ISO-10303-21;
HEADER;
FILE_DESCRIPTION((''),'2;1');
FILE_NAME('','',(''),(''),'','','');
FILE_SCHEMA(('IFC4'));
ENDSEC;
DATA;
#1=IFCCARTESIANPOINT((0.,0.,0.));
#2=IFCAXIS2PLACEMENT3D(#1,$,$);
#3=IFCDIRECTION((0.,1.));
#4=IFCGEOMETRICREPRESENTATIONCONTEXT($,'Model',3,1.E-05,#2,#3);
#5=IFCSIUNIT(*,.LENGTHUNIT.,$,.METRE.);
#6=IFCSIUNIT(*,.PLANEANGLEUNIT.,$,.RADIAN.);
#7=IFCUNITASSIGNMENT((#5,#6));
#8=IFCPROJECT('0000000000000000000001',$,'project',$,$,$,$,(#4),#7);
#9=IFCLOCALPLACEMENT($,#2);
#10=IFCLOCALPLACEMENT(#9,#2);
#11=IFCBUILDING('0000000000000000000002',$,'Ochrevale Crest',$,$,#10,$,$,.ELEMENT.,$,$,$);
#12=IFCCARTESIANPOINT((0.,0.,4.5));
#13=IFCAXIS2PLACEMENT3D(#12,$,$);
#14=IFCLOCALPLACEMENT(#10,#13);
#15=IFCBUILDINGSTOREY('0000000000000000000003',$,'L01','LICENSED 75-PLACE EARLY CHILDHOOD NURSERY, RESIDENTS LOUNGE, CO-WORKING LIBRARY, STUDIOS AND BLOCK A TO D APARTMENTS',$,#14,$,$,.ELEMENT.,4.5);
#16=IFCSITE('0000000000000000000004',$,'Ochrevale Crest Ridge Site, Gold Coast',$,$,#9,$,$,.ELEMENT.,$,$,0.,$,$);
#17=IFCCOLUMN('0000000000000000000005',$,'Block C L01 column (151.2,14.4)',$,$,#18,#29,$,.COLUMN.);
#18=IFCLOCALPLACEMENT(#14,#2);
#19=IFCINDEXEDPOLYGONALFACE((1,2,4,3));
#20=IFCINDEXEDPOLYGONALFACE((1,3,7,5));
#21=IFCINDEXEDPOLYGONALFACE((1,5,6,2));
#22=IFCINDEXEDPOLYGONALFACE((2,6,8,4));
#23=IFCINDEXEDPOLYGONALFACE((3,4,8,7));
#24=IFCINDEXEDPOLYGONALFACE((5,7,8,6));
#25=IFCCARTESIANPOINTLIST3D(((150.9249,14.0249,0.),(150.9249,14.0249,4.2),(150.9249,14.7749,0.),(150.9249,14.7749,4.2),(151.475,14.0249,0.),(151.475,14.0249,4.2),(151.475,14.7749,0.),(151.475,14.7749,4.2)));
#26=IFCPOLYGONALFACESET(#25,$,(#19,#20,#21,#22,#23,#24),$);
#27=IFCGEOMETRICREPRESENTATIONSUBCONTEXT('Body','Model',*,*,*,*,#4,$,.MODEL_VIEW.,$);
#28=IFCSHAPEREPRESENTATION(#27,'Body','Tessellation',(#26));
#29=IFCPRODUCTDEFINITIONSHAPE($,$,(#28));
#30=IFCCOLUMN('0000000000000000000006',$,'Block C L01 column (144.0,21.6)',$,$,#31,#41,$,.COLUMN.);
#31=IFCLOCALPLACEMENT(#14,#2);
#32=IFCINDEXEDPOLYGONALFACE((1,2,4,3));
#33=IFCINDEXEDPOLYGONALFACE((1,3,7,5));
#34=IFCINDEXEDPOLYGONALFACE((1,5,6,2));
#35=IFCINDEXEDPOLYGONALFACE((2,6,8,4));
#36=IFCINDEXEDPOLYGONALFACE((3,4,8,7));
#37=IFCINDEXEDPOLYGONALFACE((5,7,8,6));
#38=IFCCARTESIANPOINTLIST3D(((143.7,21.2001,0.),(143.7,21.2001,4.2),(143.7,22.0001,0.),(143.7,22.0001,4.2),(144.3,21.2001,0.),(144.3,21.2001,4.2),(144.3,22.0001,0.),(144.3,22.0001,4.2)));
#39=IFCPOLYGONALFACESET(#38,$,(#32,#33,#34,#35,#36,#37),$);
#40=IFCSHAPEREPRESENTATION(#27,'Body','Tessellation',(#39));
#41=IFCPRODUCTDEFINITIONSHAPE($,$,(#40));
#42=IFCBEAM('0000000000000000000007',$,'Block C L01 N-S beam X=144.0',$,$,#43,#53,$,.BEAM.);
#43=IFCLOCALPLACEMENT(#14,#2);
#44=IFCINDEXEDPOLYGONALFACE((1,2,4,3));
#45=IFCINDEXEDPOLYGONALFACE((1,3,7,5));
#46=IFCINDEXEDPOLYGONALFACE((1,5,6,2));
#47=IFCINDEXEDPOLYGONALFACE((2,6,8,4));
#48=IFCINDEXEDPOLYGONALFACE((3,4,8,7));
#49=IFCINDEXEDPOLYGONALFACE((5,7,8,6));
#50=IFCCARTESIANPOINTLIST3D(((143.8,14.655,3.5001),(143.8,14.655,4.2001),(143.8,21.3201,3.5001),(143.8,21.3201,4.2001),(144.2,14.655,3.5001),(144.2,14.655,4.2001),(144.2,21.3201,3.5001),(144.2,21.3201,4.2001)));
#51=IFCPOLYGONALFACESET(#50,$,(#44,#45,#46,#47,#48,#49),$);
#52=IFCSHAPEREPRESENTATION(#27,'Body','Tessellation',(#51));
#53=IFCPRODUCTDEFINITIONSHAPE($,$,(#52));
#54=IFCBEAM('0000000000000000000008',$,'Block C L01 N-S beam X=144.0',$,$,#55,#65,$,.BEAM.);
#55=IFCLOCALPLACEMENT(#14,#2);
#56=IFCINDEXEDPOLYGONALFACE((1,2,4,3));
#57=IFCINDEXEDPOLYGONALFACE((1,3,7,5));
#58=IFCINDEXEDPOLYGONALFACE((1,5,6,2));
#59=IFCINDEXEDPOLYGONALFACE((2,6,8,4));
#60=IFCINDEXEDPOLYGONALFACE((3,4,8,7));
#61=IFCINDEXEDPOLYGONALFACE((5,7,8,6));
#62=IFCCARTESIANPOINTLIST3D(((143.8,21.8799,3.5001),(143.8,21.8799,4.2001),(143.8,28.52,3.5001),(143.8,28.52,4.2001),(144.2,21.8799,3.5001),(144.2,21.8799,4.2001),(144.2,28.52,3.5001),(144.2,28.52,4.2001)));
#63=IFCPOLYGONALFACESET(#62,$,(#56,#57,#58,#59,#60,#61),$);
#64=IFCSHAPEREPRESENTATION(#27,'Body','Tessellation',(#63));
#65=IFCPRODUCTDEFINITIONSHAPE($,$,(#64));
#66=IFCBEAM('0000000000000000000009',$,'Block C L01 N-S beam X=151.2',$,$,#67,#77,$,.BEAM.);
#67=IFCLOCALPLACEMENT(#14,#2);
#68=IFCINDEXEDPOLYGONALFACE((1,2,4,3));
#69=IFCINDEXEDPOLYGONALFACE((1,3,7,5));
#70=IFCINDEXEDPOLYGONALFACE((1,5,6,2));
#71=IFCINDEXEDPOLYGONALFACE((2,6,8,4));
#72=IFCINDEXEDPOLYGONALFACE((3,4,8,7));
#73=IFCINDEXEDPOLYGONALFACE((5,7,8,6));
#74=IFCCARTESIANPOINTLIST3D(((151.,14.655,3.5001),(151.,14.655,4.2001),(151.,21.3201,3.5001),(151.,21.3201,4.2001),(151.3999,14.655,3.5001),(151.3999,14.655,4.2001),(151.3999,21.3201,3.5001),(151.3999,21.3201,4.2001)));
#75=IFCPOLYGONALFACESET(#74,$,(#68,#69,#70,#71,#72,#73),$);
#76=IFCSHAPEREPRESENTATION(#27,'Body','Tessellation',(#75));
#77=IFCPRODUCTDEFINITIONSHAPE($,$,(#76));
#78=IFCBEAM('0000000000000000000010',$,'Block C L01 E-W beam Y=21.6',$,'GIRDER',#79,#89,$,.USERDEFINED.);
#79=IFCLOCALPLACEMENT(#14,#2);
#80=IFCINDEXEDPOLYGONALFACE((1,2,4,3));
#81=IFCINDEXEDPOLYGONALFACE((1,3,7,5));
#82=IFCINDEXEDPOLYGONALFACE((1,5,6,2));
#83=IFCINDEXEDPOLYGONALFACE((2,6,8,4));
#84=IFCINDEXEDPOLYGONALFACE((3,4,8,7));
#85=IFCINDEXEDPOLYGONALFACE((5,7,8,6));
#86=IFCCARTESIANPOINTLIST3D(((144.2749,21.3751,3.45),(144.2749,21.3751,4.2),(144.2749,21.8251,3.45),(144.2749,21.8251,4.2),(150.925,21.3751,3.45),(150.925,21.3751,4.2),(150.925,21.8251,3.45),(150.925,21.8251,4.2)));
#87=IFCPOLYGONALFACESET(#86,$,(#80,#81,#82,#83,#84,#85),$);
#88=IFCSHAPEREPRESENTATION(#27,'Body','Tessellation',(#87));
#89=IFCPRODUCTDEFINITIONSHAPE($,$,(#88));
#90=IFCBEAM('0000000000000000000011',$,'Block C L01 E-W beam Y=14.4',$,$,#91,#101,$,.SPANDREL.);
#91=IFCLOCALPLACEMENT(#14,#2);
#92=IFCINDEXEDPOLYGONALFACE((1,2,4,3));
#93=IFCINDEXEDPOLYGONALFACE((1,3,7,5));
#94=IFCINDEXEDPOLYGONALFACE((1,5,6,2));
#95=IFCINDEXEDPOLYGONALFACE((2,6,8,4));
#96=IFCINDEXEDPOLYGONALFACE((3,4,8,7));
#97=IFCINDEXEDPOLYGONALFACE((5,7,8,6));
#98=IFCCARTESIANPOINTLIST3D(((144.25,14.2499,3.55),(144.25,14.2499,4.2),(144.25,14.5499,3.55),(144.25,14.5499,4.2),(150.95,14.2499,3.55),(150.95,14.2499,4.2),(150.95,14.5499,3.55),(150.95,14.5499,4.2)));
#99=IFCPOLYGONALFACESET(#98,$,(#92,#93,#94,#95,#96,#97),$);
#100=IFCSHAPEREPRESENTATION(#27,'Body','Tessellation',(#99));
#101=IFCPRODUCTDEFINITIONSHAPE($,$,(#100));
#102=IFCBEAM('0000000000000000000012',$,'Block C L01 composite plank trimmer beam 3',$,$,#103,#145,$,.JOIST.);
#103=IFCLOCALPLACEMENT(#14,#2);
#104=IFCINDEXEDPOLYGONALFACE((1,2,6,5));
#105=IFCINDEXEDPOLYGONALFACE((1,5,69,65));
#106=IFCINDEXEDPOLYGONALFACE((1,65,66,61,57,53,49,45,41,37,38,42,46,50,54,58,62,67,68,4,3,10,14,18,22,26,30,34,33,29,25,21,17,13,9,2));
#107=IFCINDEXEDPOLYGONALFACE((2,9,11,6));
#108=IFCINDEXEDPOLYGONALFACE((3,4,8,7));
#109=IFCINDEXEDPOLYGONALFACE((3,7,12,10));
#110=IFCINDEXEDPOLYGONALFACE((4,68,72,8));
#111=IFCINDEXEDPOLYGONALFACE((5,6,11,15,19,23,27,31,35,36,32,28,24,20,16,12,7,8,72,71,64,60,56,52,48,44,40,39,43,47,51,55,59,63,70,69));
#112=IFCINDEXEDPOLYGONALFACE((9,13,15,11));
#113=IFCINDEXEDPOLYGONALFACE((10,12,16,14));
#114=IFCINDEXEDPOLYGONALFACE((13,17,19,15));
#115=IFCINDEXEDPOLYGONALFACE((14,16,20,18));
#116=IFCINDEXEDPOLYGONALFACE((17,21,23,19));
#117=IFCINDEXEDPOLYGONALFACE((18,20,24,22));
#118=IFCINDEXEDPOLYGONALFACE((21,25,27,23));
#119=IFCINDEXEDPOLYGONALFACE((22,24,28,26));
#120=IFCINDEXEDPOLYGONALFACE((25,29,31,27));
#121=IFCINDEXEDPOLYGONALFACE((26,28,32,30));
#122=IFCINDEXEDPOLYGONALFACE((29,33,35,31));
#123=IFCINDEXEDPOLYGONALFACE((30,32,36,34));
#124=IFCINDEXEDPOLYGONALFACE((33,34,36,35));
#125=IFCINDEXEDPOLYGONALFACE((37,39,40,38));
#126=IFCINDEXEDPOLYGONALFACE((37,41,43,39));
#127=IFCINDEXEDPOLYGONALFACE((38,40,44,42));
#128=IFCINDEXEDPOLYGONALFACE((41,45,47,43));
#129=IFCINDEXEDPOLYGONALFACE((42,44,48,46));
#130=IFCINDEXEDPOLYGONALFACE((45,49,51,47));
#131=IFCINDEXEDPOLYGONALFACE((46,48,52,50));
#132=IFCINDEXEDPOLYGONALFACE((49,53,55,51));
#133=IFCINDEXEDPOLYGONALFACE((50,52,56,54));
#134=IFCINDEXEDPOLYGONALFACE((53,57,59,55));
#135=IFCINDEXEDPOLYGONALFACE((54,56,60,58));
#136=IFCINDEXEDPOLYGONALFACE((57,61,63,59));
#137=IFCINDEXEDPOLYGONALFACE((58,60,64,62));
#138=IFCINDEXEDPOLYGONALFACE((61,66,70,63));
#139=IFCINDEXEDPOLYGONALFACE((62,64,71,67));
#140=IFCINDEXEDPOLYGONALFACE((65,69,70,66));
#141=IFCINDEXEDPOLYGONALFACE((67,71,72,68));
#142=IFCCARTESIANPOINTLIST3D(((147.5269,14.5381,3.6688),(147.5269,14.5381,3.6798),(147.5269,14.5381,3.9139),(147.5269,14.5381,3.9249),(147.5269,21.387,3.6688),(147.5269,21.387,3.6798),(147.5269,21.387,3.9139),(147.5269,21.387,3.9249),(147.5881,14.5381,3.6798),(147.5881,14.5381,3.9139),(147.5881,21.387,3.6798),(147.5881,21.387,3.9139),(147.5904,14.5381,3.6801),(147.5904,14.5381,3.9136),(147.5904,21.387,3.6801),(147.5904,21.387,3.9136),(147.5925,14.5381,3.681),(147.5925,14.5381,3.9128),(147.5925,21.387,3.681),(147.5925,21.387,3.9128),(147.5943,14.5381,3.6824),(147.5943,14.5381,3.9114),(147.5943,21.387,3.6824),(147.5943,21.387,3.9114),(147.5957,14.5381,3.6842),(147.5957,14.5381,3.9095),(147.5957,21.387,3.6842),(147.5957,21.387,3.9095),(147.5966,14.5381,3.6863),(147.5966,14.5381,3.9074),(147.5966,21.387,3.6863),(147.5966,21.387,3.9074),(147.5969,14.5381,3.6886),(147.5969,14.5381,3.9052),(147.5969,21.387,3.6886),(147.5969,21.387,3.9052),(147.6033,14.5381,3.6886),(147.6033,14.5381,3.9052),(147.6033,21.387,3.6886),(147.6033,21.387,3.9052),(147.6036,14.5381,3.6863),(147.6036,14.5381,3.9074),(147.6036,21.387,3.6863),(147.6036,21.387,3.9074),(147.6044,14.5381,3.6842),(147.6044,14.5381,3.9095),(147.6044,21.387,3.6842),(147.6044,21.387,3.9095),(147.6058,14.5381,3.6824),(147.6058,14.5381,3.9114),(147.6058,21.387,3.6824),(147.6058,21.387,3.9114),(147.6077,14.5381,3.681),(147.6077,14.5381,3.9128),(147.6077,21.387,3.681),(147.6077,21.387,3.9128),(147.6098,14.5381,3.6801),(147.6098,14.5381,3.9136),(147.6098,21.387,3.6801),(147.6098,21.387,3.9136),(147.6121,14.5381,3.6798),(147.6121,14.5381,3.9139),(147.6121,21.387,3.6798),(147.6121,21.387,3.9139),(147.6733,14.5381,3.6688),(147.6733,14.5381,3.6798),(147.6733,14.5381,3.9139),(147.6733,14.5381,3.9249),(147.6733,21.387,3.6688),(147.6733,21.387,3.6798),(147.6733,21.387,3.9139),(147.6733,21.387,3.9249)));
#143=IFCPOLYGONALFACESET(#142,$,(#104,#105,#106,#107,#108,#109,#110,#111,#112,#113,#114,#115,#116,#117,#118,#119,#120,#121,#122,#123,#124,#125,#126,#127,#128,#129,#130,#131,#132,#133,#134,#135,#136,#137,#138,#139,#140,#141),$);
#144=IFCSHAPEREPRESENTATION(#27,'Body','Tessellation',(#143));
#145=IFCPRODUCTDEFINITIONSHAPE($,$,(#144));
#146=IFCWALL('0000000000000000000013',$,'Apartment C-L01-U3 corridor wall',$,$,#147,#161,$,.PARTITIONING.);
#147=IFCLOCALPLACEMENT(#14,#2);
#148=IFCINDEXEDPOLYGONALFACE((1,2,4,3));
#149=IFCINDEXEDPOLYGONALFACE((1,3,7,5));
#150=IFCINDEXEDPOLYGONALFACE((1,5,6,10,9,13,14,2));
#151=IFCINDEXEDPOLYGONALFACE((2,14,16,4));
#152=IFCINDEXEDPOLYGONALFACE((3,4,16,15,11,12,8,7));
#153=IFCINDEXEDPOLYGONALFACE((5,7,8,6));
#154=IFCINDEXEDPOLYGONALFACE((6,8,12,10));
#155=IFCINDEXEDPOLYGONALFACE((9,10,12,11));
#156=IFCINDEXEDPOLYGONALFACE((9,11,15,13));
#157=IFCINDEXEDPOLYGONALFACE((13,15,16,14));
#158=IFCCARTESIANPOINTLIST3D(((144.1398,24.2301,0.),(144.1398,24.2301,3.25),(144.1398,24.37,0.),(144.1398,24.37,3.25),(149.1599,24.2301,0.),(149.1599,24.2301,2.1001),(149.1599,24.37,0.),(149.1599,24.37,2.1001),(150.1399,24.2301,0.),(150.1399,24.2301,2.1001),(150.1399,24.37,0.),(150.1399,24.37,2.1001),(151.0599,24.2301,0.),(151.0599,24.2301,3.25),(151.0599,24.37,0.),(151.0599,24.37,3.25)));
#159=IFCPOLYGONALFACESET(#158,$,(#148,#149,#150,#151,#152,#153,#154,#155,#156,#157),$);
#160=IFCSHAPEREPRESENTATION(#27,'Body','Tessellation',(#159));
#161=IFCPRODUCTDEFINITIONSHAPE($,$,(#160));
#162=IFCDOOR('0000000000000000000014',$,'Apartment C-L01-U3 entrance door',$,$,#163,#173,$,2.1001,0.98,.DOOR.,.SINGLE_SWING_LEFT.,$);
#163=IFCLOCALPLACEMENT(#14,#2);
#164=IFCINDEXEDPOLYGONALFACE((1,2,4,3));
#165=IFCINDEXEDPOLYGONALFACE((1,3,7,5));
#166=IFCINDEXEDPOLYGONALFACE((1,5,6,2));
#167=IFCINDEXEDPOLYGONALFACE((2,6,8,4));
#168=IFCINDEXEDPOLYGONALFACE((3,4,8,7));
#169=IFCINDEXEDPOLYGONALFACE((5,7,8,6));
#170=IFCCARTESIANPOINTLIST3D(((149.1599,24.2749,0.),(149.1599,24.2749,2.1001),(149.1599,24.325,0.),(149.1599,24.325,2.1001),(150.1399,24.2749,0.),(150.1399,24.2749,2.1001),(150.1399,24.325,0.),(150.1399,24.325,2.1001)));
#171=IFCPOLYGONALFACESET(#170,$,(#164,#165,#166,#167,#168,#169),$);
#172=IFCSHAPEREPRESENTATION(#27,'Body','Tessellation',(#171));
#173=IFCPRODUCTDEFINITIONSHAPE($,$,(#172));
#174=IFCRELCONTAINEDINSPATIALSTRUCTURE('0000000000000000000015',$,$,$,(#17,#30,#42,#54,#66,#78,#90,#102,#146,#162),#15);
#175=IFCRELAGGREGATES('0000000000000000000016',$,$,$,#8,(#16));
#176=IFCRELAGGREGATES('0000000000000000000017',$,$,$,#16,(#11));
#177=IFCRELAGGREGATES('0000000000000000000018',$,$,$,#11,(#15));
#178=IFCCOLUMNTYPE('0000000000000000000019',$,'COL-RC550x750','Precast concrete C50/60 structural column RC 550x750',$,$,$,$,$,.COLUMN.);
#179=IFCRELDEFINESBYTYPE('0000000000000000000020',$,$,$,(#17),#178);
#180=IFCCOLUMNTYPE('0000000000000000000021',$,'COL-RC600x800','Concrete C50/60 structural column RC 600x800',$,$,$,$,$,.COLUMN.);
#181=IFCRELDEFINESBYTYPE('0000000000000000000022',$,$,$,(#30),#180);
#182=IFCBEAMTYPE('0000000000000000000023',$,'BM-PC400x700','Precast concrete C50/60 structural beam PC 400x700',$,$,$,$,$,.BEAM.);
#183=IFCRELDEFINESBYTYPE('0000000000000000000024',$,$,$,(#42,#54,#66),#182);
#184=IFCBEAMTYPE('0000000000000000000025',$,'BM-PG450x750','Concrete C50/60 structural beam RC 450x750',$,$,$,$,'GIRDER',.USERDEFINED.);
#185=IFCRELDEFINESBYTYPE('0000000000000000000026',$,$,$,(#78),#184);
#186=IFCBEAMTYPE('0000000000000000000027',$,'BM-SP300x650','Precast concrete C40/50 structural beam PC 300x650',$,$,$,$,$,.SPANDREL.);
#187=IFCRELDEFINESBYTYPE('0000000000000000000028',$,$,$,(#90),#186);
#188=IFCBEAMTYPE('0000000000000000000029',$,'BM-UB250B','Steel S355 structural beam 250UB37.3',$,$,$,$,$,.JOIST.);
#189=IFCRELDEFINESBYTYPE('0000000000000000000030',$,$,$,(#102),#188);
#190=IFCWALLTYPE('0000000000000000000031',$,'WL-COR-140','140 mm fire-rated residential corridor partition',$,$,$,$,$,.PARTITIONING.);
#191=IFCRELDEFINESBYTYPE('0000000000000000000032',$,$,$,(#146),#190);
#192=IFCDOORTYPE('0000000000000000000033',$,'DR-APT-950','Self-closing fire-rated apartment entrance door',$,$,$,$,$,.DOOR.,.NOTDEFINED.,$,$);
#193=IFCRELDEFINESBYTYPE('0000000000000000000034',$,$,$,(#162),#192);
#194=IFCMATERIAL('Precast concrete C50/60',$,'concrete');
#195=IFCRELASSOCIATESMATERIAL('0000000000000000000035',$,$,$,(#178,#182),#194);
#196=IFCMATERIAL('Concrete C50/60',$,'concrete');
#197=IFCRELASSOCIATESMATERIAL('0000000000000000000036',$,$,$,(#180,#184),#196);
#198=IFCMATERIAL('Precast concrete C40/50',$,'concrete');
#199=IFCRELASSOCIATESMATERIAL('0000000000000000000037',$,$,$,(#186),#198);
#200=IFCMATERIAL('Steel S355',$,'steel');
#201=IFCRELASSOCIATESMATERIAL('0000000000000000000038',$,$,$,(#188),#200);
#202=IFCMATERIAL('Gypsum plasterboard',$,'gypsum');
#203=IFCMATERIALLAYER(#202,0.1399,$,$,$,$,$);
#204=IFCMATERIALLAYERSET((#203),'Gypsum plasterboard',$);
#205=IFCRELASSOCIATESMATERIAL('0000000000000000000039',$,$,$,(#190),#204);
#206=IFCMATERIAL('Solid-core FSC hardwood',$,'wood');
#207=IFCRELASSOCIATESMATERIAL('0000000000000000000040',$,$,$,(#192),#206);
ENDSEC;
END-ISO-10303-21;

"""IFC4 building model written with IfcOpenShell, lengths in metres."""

from ifc_helpers import new_model, si_unit, direction, frame, frame_2d, origin, origin_2d, place, context, subcontext, project, spatial, rectangle, i_section, extrude, material, layer, layer_set, material_profile, profile_set, type_object, element, fill, save


model = new_model("IFC4")

# Units and contexts
model_context = context("Model", 3, precision=1e-05, world=origin(), true_north=direction((0.0, 1.0)))
body_context = subcontext(model_context, "Body", "Model", "MODEL_VIEW")
ifc_project = project(units=[si_unit("LENGTHUNIT", "METRE"), si_unit("PLANEANGLEUNIT", "RADIAN")], contexts=[model_context])

# Site, building, storey
site_placement = place(None, origin())
site = spatial("IfcSite", under=ifc_project, at=site_placement, Name="Ochrevale Crest Ridge Site, Gold Coast", CompositionType="ELEMENT", RefElevation=0.0)
building_placement = place(site_placement, origin())
building = spatial("IfcBuilding", under=site, at=building_placement, Name="Ochrevale Crest", CompositionType="ELEMENT")
storey_placement = place(building_placement, frame((0.0, 0.0, 4.5)))
storey = spatial("IfcBuildingStorey", under=building, at=storey_placement, Name="L01", Description="LICENSED 75-PLACE EARLY CHILDHOOD NURSERY, RESIDENTS LOUNGE, CO-WORKING LIBRARY, STUDIOS AND BLOCK A TO D APARTMENTS", CompositionType="ELEMENT", Elevation=4.5)

# Columns
ifc_material_1 = material(Name="Precast concrete C50/60", Category="concrete")
ifc_material_profile_1 = material_profile(ifc_material_1, rectangle(XDim=0.55, YDim=0.75, at=origin_2d()), Name="RC 550x750")
ifc_profile_set_1 = profile_set([ifc_material_profile_1], Name="Precast concrete C50/60")
column_type_1 = type_object("IfcColumnType", Name="COL-RC550x750", Description="Precast concrete C50/60 structural column RC 550x750", PredefinedType="COLUMN", material=ifc_profile_set_1)
column_1_placement = place(storey_placement, frame((151.2, 14.3999, 0.0), z_axis=(0.0, 0.0, 1.0), x_axis=(1.0, 0.0, 0.0)))
element("IfcColumn", 1, at=column_1_placement, inside=storey, type_object=column_type_1, Name="Block C L01 column (151.2,14.4)", PredefinedType="COLUMN", context=body_context, shape_type="SweptSolid", body=[
    extrude(rectangle(XDim=0.55, YDim=0.75, at=origin_2d()), origin(), (0.0, 0.0, 1.0), 4.2),
])
ifc_material_2 = material(Name="Concrete C50/60", Category="concrete")
ifc_material_profile_2 = material_profile(ifc_material_2, rectangle(XDim=0.6001, YDim=0.8, at=origin_2d()), Name="RC 600x800")
ifc_profile_set_2 = profile_set([ifc_material_profile_2], Name="Concrete C50/60")
column_type_2 = type_object("IfcColumnType", Name="COL-RC600x800", Description="Concrete C50/60 structural column RC 600x800", PredefinedType="COLUMN", material=ifc_profile_set_2)
column_2_placement = place(storey_placement, frame((144.0, 21.6001, 0.0), z_axis=(0.0, 0.0, 1.0), x_axis=(1.0, 0.0, 0.0)))
element("IfcColumn", 2, at=column_2_placement, inside=storey, type_object=column_type_2, Name="Block C L01 column (144.0,21.6)", PredefinedType="COLUMN", context=body_context, shape_type="SweptSolid", body=[
    extrude(rectangle(XDim=0.6001, YDim=0.8, at=origin_2d()), origin(), (0.0, 0.0, 1.0), 4.2),
])

# Beams
ifc_material_profile_3 = material_profile(ifc_material_1, rectangle(XDim=0.3999, YDim=0.7, at=origin_2d()), Name="PC 400x700")
ifc_profile_set_3 = profile_set([ifc_material_profile_3], Name="Precast concrete C50/60")
beam_type_1 = type_object("IfcBeamType", Name="BM-PC400x700", Description="Precast concrete C50/60 structural beam PC 400x700", PredefinedType="BEAM", material=ifc_profile_set_3)
beam_1_placement = place(storey_placement, frame((144.0, 14.655, 3.8501), z_axis=(0.0, 1.0, 0.0), x_axis=(-1.0, 0.0, 0.0)))
element("IfcBeam", 3, at=beam_1_placement, inside=storey, type_object=beam_type_1, Name="Block C L01 N-S beam X=144.0", PredefinedType="BEAM", context=body_context, shape_type="SweptSolid", body=[
    extrude(rectangle(XDim=0.3999, YDim=0.7, at=origin_2d()), origin(), (0.0, 0.0, 1.0), 6.665),
])
beam_2_placement = place(storey_placement, frame((144.0, 21.8799, 3.8501), z_axis=(0.0, 1.0, 0.0), x_axis=(-1.0, 0.0, 0.0)))
element("IfcBeam", 4, at=beam_2_placement, inside=storey, type_object=beam_type_1, Name="Block C L01 N-S beam X=144.0", PredefinedType="BEAM", context=body_context, shape_type="SweptSolid", body=[
    extrude(rectangle(XDim=0.3999, YDim=0.7, at=origin_2d()), origin(), (0.0, 0.0, 1.0), 6.6401),
])
beam_3_placement = place(storey_placement, frame((151.2, 14.655, 3.8501), z_axis=(0.0, 1.0, 0.0), x_axis=(-1.0, 0.0, 0.0)))
element("IfcBeam", 5, at=beam_3_placement, inside=storey, type_object=beam_type_1, Name="Block C L01 N-S beam X=151.2", PredefinedType="BEAM", context=body_context, shape_type="SweptSolid", body=[
    extrude(rectangle(XDim=0.3999, YDim=0.7, at=origin_2d()), origin(), (0.0, 0.0, 1.0), 6.665),
])
ifc_material_profile_4 = material_profile(ifc_material_2, rectangle(XDim=0.45, YDim=0.75, at=origin_2d()), Name="RC 450x750")
ifc_profile_set_4 = profile_set([ifc_material_profile_4], Name="Concrete C50/60")
beam_type_2 = type_object("IfcBeamType", Name="BM-PG450x750", Description="Concrete C50/60 structural beam RC 450x750", ElementType="GIRDER", PredefinedType="USERDEFINED", material=ifc_profile_set_4)
beam_4_placement = place(storey_placement, frame((144.2749, 21.6001, 3.825), z_axis=(1.0, 0.0, 0.0), x_axis=(0.0, 1.0, 0.0)))
element("IfcBeam", 6, at=beam_4_placement, inside=storey, type_object=beam_type_2, Name="Block C L01 E-W beam Y=21.6", ObjectType="GIRDER", PredefinedType="USERDEFINED", context=body_context, shape_type="SweptSolid", body=[
    extrude(rectangle(XDim=0.45, YDim=0.75, at=origin_2d()), origin(), (0.0, 0.0, 1.0), 6.6501),
])
ifc_material_3 = material(Name="Precast concrete C40/50", Category="concrete")
ifc_material_profile_5 = material_profile(ifc_material_3, rectangle(XDim=0.3, YDim=0.6499, at=origin_2d()), Name="PC 300x650")
ifc_profile_set_5 = profile_set([ifc_material_profile_5], Name="Precast concrete C40/50")
beam_type_3 = type_object("IfcBeamType", Name="BM-SP300x650", Description="Precast concrete C40/50 structural beam PC 300x650", PredefinedType="SPANDREL", material=ifc_profile_set_5)
beam_5_placement = place(storey_placement, frame((144.25, 14.3999, 3.875), z_axis=(1.0, 0.0, 0.0), x_axis=(0.0, 1.0, 0.0)))
element("IfcBeam", 7, at=beam_5_placement, inside=storey, type_object=beam_type_3, Name="Block C L01 E-W beam Y=14.4", PredefinedType="SPANDREL", context=body_context, shape_type="SweptSolid", body=[
    extrude(rectangle(XDim=0.3, YDim=0.6499, at=origin_2d()), origin(), (0.0, 0.0, 1.0), 6.7),
])
ifc_material_4 = material(Name="Steel S355", Category="steel")
ifc_material_profile_6 = material_profile(ifc_material_4, i_section(OverallWidth=0.1465, OverallDepth=0.2561, WebThickness=0.0063, FlangeThickness=0.011, FilletRadius=0.0088, at=origin_2d()), Name="250UB37.3")
ifc_profile_set_6 = profile_set([ifc_material_profile_6], Name="Steel S355")
beam_type_4 = type_object("IfcBeamType", Name="BM-UB250B", Description="Steel S355 structural beam 250UB37.3", PredefinedType="JOIST", material=ifc_profile_set_6)
beam_6_placement = place(storey_placement, frame((147.6001, 14.5381, 3.7969), z_axis=(0.0, 1.0, 0.0), x_axis=(-1.0, 0.0, 0.0)))
element("IfcBeam", 8, at=beam_6_placement, inside=storey, type_object=beam_type_4, Name="Block C L01 composite plank trimmer beam 3", PredefinedType="JOIST", context=body_context, shape_type="SweptSolid", body=[
    extrude(i_section(OverallWidth=0.1465, OverallDepth=0.2561, WebThickness=0.0063, FlangeThickness=0.011, FilletRadius=0.0088, at=origin_2d()), origin(), (0.0, 0.0, 1.0), 6.8489),
])

# Wall, opening, door
ifc_material_5 = material(Name="Gypsum plasterboard", Category="gypsum")
ifc_layer_1 = layer(ifc_material_5, 0.1399)
ifc_layer_set_1 = layer_set([ifc_layer_1], Name="Gypsum plasterboard")
wall_type_1 = type_object("IfcWallType", Name="WL-COR-140", Description="140 mm fire-rated residential corridor partition", PredefinedType="PARTITIONING", material=ifc_layer_set_1)
wall_1_placement = place(storey_placement, frame((144.1399, 24.3, 0.0), z_axis=(0.0, 0.0, 1.0), x_axis=(1.0, 0.0, 0.0)))
wall_1 = element("IfcWall", 9, at=wall_1_placement, inside=storey, type_object=wall_type_1, Name="Apartment C-L01-U3 corridor wall", PredefinedType="PARTITIONING", context=body_context, shape_type="SweptSolid", body=[
    extrude(rectangle(XDim=6.9202, YDim=0.1399, at=frame_2d((3.46, 0.0))), origin(), (0.0, 0.0, 1.0), 3.25),
])
opening_1_placement = place(wall_1_placement, frame((5.02, 0.0, 0.0)))
opening_1 = element("IfcOpeningElement", 10, at=opening_1_placement, cuts=wall_1, PredefinedType="OPENING", context=body_context, shape_type="SweptSolid", body=[
    extrude(rectangle(XDim=0.98, YDim=2.1001, at=frame_2d((0.49, 1.05))), frame((0.0, 0.0801, 0.0), z_axis=(0.0, -1.0, 0.0), x_axis=(1.0, 0.0, 0.0)), (0.0, 0.0, 1.0), 0.1599),
])
ifc_material_6 = material(Name="Solid-core FSC hardwood", Category="wood")
door_type_1 = type_object("IfcDoorType", Name="DR-APT-950", Description="Self-closing fire-rated apartment entrance door", OperationType="NOTDEFINED", PredefinedType="DOOR", material=ifc_material_6)
door_1_placement = place(opening_1_placement, origin())
door_1 = element("IfcDoor", 11, at=door_1_placement, inside=storey, type_object=door_type_1, Name="Apartment C-L01-U3 entrance door", OperationType="SINGLE_SWING_LEFT", OverallHeight=2.1001, OverallWidth=0.98, PredefinedType="DOOR", context=body_context, shape_type="SweptSolid", body=[
    extrude(rectangle(XDim=0.98, YDim=2.1001, at=frame_2d((0.49, 1.05))), frame((0.0, 0.0249, 0.0), z_axis=(0.0, -1.0, 0.0), x_axis=(1.0, 0.0, 0.0)), (0.0, 0.0, 1.0), 0.05),
])
fill(opening_1, door_1)

save(model, "model.ifc")
